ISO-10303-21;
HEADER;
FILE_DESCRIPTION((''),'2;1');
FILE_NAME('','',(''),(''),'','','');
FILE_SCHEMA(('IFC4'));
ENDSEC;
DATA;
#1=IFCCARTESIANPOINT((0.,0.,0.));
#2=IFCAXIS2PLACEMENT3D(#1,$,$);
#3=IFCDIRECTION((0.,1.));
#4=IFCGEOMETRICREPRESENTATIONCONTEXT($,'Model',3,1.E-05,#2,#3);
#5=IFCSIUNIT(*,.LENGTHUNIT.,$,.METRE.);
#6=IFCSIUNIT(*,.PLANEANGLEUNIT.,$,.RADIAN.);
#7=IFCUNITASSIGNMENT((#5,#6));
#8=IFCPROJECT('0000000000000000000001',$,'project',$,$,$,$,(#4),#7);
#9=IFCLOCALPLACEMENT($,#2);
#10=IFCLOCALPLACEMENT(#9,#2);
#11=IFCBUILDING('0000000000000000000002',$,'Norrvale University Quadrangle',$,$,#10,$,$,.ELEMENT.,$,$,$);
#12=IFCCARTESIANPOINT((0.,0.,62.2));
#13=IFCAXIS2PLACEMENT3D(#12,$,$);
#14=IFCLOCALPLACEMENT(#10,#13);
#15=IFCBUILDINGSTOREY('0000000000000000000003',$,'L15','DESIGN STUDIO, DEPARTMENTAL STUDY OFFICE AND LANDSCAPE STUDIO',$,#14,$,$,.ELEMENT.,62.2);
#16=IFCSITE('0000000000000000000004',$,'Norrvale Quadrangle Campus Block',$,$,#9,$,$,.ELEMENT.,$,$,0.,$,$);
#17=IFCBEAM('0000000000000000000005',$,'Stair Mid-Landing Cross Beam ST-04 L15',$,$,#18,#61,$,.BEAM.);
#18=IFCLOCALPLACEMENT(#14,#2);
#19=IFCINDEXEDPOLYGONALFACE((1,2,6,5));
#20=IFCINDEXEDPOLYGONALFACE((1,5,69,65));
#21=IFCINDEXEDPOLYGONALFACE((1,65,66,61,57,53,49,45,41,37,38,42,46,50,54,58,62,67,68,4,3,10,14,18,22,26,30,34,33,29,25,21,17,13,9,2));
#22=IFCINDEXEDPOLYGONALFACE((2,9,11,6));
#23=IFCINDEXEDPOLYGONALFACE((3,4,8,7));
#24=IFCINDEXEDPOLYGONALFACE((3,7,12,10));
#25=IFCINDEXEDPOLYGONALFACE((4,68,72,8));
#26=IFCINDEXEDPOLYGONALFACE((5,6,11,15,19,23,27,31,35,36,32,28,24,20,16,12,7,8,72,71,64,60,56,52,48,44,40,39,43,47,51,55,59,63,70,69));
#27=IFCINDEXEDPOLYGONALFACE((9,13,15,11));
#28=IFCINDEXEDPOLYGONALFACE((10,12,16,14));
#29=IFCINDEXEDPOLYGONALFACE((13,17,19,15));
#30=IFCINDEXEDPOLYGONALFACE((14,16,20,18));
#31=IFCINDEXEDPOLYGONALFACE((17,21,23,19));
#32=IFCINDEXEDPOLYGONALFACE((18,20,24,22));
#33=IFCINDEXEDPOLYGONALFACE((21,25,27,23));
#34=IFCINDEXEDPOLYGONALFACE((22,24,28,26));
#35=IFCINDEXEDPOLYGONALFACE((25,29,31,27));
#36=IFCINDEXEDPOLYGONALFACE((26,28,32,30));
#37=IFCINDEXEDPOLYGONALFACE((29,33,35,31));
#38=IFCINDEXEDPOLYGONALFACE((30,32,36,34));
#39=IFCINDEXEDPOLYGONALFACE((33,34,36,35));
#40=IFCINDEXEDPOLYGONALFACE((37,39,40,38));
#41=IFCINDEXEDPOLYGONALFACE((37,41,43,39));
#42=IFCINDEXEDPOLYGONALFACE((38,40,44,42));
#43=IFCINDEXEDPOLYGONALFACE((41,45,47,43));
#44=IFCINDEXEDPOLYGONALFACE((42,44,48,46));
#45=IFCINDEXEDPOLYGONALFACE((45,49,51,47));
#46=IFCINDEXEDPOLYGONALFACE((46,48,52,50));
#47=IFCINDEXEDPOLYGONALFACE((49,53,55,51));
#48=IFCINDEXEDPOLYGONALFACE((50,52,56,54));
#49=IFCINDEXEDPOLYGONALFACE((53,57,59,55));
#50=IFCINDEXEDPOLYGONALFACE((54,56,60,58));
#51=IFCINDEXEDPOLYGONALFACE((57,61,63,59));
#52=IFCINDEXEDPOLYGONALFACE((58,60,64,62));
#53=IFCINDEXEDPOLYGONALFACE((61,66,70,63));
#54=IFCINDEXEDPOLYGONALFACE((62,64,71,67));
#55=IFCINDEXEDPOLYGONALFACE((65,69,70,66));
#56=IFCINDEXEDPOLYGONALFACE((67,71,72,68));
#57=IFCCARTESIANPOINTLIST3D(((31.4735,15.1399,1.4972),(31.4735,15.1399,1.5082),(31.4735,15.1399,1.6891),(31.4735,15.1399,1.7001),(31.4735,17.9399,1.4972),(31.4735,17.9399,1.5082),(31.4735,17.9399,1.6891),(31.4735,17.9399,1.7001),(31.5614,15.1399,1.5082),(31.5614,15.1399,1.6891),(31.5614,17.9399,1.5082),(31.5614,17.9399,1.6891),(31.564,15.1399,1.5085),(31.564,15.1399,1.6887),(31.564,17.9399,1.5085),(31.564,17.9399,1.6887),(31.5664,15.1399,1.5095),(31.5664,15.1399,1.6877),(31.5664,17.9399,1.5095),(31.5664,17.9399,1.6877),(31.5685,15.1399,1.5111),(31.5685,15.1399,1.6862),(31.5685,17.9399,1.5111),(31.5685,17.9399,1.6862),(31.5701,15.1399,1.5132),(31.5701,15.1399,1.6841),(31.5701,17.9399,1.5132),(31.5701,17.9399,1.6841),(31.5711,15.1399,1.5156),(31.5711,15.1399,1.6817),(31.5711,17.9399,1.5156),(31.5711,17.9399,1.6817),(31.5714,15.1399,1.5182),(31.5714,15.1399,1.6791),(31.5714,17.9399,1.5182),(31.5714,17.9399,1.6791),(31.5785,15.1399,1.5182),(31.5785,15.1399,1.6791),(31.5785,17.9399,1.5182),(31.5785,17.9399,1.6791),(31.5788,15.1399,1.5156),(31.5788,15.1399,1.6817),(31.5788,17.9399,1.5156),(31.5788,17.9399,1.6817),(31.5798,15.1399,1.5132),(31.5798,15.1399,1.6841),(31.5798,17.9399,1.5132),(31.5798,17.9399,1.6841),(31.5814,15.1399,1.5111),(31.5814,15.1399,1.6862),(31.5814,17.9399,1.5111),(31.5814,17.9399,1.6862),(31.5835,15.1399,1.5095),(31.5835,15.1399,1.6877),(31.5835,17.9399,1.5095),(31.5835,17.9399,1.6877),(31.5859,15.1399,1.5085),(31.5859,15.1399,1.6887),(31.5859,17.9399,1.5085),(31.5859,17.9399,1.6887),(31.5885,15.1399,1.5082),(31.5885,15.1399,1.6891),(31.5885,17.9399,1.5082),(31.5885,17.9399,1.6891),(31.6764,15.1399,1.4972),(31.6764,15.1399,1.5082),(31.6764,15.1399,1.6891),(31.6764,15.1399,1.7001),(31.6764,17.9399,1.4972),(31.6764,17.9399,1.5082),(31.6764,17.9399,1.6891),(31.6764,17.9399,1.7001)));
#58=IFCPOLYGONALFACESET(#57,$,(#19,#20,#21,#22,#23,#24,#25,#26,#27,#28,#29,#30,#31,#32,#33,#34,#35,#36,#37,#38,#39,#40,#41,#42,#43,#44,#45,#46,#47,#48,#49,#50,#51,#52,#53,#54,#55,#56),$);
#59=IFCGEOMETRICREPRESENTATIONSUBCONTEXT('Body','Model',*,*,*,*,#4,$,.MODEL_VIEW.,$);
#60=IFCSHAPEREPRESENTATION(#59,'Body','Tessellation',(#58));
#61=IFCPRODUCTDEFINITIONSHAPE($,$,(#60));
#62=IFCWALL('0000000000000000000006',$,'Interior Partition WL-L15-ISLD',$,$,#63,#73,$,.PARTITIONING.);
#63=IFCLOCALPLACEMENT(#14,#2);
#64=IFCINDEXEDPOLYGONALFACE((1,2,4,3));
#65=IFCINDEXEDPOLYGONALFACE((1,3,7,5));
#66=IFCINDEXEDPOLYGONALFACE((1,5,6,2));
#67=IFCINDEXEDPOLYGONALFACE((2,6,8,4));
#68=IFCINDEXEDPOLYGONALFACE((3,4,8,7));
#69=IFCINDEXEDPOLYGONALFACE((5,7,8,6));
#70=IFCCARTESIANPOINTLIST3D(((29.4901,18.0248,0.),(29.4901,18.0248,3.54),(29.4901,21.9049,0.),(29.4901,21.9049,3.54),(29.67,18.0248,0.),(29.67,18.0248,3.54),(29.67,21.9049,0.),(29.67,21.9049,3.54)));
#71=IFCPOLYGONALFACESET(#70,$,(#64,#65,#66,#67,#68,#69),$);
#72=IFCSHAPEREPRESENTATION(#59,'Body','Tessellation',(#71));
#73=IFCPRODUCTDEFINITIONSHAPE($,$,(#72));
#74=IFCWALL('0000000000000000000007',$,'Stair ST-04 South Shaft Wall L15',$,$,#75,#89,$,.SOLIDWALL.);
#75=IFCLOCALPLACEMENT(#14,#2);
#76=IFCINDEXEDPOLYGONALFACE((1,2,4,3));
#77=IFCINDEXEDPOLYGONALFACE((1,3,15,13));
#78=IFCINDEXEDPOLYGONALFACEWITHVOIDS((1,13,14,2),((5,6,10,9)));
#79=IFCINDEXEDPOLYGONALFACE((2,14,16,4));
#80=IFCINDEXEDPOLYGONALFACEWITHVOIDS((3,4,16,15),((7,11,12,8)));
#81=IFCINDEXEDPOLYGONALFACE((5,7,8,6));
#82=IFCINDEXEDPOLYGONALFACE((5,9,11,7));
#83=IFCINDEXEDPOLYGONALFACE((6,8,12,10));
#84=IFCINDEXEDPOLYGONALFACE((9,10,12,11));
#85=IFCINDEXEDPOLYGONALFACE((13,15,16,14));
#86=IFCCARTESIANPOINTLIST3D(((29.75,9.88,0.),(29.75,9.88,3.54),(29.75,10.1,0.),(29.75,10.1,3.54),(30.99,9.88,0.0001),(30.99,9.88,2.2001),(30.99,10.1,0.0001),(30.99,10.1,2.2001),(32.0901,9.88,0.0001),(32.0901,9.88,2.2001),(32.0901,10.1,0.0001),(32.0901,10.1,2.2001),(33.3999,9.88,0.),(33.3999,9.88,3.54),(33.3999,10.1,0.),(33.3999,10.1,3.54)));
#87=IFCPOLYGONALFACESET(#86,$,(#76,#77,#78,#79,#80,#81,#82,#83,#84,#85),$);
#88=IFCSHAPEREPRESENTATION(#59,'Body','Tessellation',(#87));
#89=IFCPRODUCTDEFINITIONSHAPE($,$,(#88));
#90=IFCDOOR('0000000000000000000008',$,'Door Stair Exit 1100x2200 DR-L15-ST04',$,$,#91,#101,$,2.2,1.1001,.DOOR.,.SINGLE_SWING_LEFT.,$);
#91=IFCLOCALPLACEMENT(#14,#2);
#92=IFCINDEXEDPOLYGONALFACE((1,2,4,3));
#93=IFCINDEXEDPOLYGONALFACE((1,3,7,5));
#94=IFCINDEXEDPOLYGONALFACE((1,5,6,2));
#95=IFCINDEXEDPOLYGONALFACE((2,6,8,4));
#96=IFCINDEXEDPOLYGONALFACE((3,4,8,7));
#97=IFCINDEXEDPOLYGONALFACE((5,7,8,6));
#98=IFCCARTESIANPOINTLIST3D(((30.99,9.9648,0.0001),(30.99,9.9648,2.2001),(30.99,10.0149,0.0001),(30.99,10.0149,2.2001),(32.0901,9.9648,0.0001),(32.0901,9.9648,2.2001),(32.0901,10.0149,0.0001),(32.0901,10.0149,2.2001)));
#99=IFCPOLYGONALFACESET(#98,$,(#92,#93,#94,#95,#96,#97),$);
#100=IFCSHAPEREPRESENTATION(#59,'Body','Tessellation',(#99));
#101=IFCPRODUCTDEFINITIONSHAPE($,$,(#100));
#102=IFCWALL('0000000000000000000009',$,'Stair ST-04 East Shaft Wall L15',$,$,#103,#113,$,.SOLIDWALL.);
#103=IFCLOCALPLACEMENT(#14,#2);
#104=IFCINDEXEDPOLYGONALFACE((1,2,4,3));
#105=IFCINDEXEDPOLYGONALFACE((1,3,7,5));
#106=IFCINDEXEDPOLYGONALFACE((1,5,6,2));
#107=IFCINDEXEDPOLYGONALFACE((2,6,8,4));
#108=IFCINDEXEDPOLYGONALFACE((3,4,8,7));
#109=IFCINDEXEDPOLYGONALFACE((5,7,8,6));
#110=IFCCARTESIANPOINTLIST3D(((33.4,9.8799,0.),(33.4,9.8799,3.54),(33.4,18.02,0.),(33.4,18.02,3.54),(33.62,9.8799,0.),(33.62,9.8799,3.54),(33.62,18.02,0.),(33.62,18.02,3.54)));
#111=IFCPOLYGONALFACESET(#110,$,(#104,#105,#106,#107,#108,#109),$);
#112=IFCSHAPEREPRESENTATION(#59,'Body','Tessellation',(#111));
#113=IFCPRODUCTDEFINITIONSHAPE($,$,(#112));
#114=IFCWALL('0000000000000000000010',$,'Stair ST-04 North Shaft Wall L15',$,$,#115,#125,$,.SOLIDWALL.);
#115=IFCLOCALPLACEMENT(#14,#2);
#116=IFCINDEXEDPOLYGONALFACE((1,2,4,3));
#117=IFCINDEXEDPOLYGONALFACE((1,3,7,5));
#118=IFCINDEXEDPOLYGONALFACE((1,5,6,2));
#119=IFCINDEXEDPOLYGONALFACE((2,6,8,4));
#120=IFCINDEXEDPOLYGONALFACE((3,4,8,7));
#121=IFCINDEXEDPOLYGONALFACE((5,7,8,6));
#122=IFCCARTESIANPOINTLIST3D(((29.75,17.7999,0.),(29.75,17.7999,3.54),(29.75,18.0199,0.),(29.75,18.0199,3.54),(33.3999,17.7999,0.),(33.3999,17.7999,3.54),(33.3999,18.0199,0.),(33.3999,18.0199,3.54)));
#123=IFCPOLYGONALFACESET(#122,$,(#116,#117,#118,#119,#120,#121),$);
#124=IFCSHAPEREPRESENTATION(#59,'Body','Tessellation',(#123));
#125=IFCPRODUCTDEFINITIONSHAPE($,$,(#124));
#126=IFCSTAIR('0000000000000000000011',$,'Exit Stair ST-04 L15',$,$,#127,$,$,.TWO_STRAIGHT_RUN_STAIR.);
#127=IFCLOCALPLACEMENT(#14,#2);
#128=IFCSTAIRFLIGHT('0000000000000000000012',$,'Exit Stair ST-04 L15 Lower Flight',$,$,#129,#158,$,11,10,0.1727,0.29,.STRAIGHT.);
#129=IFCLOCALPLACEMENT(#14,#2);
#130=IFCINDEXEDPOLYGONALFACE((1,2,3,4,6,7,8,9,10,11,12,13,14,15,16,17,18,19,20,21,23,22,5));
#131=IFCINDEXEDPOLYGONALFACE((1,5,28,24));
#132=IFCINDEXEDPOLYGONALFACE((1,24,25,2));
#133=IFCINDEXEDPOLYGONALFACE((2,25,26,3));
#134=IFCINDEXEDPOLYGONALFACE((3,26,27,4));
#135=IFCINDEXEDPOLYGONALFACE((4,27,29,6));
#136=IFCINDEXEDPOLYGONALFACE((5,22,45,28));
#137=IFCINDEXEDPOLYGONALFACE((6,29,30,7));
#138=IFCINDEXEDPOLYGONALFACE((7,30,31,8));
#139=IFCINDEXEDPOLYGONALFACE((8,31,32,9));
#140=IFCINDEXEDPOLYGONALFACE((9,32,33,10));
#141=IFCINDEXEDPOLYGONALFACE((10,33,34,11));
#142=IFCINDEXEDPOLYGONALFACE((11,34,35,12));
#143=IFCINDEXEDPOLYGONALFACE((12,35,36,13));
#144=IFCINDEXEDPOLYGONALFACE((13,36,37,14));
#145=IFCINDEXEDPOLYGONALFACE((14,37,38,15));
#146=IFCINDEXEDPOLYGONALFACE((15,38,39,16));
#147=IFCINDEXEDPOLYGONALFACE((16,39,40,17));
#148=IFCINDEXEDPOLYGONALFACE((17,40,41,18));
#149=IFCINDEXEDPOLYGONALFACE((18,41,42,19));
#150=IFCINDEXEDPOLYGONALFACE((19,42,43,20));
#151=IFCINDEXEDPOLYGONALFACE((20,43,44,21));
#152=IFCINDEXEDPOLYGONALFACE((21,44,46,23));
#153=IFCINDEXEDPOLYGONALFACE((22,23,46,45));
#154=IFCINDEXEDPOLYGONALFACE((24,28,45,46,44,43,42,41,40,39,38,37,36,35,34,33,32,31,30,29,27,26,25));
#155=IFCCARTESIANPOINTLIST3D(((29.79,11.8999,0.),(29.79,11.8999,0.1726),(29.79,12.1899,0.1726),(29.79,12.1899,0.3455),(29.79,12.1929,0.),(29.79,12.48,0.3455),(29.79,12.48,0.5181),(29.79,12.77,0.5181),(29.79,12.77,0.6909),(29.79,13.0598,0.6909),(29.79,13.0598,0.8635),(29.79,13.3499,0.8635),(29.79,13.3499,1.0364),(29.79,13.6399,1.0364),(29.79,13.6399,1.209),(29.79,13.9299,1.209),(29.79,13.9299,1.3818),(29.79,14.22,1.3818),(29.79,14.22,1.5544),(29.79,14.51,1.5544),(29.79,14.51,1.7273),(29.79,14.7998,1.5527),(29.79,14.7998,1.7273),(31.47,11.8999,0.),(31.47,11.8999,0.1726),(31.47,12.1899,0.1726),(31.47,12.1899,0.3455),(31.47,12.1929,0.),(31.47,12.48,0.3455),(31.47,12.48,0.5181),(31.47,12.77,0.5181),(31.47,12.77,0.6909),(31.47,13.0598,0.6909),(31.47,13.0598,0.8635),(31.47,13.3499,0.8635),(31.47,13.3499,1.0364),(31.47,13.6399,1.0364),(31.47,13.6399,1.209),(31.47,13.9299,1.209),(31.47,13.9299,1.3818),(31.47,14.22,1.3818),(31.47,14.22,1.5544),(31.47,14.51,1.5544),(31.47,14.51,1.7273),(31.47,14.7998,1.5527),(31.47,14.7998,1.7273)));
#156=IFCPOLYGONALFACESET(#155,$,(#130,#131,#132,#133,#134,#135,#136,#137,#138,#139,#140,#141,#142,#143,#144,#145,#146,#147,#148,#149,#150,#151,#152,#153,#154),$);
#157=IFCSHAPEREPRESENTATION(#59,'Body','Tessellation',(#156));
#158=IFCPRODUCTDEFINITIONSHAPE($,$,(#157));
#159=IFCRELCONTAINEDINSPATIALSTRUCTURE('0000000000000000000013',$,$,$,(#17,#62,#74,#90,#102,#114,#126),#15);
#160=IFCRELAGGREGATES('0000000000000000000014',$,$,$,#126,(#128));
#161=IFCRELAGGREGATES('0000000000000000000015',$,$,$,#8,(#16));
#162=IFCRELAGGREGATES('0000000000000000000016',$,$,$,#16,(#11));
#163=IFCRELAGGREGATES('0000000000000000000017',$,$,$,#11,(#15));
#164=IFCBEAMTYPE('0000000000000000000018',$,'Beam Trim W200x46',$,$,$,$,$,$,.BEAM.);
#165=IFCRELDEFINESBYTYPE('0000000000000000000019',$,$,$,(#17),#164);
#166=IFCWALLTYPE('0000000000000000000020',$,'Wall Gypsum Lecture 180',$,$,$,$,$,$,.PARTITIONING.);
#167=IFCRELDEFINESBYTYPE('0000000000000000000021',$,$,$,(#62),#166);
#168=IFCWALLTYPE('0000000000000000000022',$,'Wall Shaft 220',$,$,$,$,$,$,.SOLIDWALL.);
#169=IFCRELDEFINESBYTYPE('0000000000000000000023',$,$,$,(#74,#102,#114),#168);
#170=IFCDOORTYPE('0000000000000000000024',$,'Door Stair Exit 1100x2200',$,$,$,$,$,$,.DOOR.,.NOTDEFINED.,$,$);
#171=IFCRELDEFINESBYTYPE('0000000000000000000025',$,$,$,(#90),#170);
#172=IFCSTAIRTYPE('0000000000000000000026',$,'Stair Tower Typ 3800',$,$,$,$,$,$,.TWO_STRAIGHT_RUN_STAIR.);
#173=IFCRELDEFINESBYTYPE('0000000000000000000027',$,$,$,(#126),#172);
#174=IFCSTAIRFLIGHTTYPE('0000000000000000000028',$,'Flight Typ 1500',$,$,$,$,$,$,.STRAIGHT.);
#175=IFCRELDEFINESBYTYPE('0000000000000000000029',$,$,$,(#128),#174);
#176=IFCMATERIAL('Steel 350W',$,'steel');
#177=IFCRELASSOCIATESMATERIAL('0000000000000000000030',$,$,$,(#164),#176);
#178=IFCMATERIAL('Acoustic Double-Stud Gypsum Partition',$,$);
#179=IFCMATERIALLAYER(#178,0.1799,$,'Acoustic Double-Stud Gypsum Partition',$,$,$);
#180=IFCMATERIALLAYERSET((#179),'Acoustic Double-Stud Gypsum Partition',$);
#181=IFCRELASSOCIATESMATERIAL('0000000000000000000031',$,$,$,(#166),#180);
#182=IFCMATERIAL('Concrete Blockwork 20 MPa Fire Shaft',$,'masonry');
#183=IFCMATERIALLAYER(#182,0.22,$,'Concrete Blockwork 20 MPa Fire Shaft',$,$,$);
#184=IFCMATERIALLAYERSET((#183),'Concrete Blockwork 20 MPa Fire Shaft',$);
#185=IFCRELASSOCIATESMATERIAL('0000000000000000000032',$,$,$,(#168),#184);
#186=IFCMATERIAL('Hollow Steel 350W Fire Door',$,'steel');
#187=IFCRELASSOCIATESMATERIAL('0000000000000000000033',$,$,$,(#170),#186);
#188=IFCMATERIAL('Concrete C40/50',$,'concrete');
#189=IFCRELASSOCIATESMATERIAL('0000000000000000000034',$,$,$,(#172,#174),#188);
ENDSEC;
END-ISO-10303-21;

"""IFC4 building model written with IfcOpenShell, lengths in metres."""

from ifc_helpers import new_model, si_unit, direction, frame, frame_2d, origin, origin_2d, place, context, subcontext, project, spatial, polyline, rectangle, i_section, outline, extrude, material, layer, layer_set, material_profile, profile_set, type_object, element, fill, aggregate, save


model = new_model("IFC4")

# Units and contexts
model_context = context("Model", 3, precision=1e-05, world=origin(), true_north=direction((0.0, 1.0)))
body_context = subcontext(model_context, "Body", "Model", "MODEL_VIEW")
ifc_project = project(units=[si_unit("LENGTHUNIT", "METRE"), si_unit("PLANEANGLEUNIT", "RADIAN")], contexts=[model_context])

# Site, building, storey
site_placement = place(None, origin())
site = spatial("IfcSite", under=ifc_project, at=site_placement, Name="Norrvale Quadrangle Campus Block", CompositionType="ELEMENT", RefElevation=0.0)
building_placement = place(site_placement, origin())
building = spatial("IfcBuilding", under=site, at=building_placement, Name="Norrvale University Quadrangle", CompositionType="ELEMENT")
storey_placement = place(building_placement, frame((0.0, 0.0, 62.2)))
storey = spatial("IfcBuildingStorey", under=building, at=storey_placement, Name="L15", Description="DESIGN STUDIO, DEPARTMENTAL STUDY OFFICE AND LANDSCAPE STUDIO", CompositionType="ELEMENT", Elevation=62.2)

# Beam
ifc_material_1 = material(Name="Steel 350W", Category="steel")
ifc_material_profile_1 = material_profile(ifc_material_1, i_section(OverallWidth=0.2029, OverallDepth=0.2029, WebThickness=0.0071, FlangeThickness=0.011, FilletRadius=0.01, at=origin_2d()), Name="Steel 350W")
ifc_profile_set_1 = profile_set([ifc_material_profile_1], Name="Steel 350W")
beam_type_1 = type_object("IfcBeamType", Name="Beam Trim W200x46", PredefinedType="BEAM", material=ifc_profile_set_1)
beam_1_placement = place(storey_placement, frame((31.575, 15.1399, 1.5986), z_axis=(0.0, 1.0, 0.0), x_axis=(-1.0, 0.0, 0.0)))
element("IfcBeam", 1, at=beam_1_placement, inside=storey, type_object=beam_type_1, Name="Stair Mid-Landing Cross Beam ST-04 L15", PredefinedType="BEAM", context=body_context, shape_type="SweptSolid", body=[
    extrude(i_section(OverallWidth=0.2029, OverallDepth=0.2029, WebThickness=0.0071, FlangeThickness=0.011, FilletRadius=0.01, at=origin_2d()), origin(), (0.0, 0.0, 1.0), 2.8),
])

# Wall
ifc_material_2 = material(Name="Acoustic Double-Stud Gypsum Partition")
ifc_layer_1 = layer(ifc_material_2, 0.1799, Name="Acoustic Double-Stud Gypsum Partition")
ifc_layer_set_1 = layer_set([ifc_layer_1], Name="Acoustic Double-Stud Gypsum Partition")
wall_type_1 = type_object("IfcWallType", Name="Wall Gypsum Lecture 180", PredefinedType="PARTITIONING", material=ifc_layer_set_1)
wall_1_placement = place(storey_placement, frame((29.5801, 18.0249, 0.0), z_axis=(0.0, 0.0, 1.0), x_axis=(0.0, 1.0, 0.0)))
element("IfcWall", 2, at=wall_1_placement, inside=storey, type_object=wall_type_1, Name="Interior Partition WL-L15-ISLD", PredefinedType="PARTITIONING", context=body_context, shape_type="SweptSolid", body=[
    extrude(rectangle(XDim=3.8801, YDim=0.1799, at=frame_2d((1.9399, 0.0))), origin(), (0.0, 0.0, 1.0), 3.54),
])

# Wall, opening, door
ifc_material_3 = material(Name="Concrete Blockwork 20 MPa Fire Shaft", Category="masonry")
ifc_layer_2 = layer(ifc_material_3, 0.22, Name="Concrete Blockwork 20 MPa Fire Shaft")
ifc_layer_set_2 = layer_set([ifc_layer_2], Name="Concrete Blockwork 20 MPa Fire Shaft")
wall_type_2 = type_object("IfcWallType", Name="Wall Shaft 220", PredefinedType="SOLIDWALL", material=ifc_layer_set_2)
wall_2_placement = place(storey_placement, frame((29.75, 9.99, 0.0), z_axis=(0.0, 0.0, 1.0), x_axis=(1.0, 0.0, 0.0)))
wall_2 = element("IfcWall", 3, at=wall_2_placement, inside=storey, type_object=wall_type_2, Name="Stair ST-04 South Shaft Wall L15", PredefinedType="SOLIDWALL", context=body_context, shape_type="SweptSolid", body=[
    extrude(rectangle(XDim=3.6499, YDim=0.22, at=frame_2d((1.825, 0.0))), origin(), (0.0, 0.0, 1.0), 3.54),
])
opening_placement = place(wall_2_placement, frame((1.24, 0.0, 0.0)))
opening = element("IfcOpeningElement", 4, at=opening_placement, cuts=wall_2, PredefinedType="OPENING", context=body_context, shape_type="SweptSolid", body=[
    extrude(rectangle(XDim=1.1001, YDim=2.2, at=frame_2d((0.55, 1.1001))), frame((0.0, 0.1221, 0.0), z_axis=(0.0, -1.0, 0.0), x_axis=(1.0, 0.0, 0.0)), (0.0, 0.0, 1.0), 0.2439),
])
ifc_material_4 = material(Name="Hollow Steel 350W Fire Door", Category="steel")
door_type = type_object("IfcDoorType", Name="Door Stair Exit 1100x2200", OperationType="NOTDEFINED", PredefinedType="DOOR", material=ifc_material_4)
door_placement = place(opening_placement, origin())
door = element("IfcDoor", 5, at=door_placement, inside=storey, type_object=door_type, Name="Door Stair Exit 1100x2200 DR-L15-ST04", OperationType="SINGLE_SWING_LEFT", OverallHeight=2.2, OverallWidth=1.1001, PredefinedType="DOOR", context=body_context, shape_type="SweptSolid", body=[
    extrude(rectangle(XDim=1.1001, YDim=2.2, at=frame_2d((0.55, 1.1001))), frame((0.0, 0.0249, 0.0), z_axis=(0.0, -1.0, 0.0), x_axis=(1.0, 0.0, 0.0)), (0.0, 0.0, 1.0), 0.05),
])
fill(opening, door)

# Walls
wall_3_placement = place(storey_placement, frame((33.51, 9.8799, 0.0), z_axis=(0.0, 0.0, 1.0), x_axis=(0.0, 1.0, 0.0)))
element("IfcWall", 6, at=wall_3_placement, inside=storey, type_object=wall_type_2, Name="Stair ST-04 East Shaft Wall L15", PredefinedType="SOLIDWALL", context=body_context, shape_type="SweptSolid", body=[
    extrude(rectangle(XDim=8.1401, YDim=0.22, at=frame_2d((4.0701, 0.0))), origin(), (0.0, 0.0, 1.0), 3.54),
])
wall_4_placement = place(storey_placement, frame((29.75, 17.9099, 0.0), z_axis=(0.0, 0.0, 1.0), x_axis=(1.0, 0.0, 0.0)))
element("IfcWall", 7, at=wall_4_placement, inside=storey, type_object=wall_type_2, Name="Stair ST-04 North Shaft Wall L15", PredefinedType="SOLIDWALL", context=body_context, shape_type="SweptSolid", body=[
    extrude(rectangle(XDim=3.6499, YDim=0.22, at=frame_2d((1.825, 0.0))), origin(), (0.0, 0.0, 1.0), 3.54),
])

# Stair, stair flight
ifc_material_5 = material(Name="Concrete C40/50", Category="concrete")
stair_type = type_object("IfcStairType", Name="Stair Tower Typ 3800", PredefinedType="TWO_STRAIGHT_RUN_STAIR", material=ifc_material_5)
stair_placement = place(storey_placement, origin())
stair = element("IfcStair", 8, at=stair_placement, inside=storey, type_object=stair_type, Name="Exit Stair ST-04 L15", PredefinedType="TWO_STRAIGHT_RUN_STAIR")
stair_flight_type = type_object("IfcStairFlightType", Name="Flight Typ 1500", PredefinedType="STRAIGHT", material=ifc_material_5)
stair_flight_1_placement = place(storey_placement, frame((30.6299, 11.8999, 0.0), z_axis=(0.0, 0.0, 1.0), x_axis=(0.0, 1.0, 0.0)))
stair_flight_1 = element("IfcStairFlight", 9, at=stair_flight_1_placement, type_object=stair_flight_type, Name="Exit Stair ST-04 L15 Lower Flight", NumberOfRisers=11, NumberOfTreads=10, PredefinedType="STRAIGHT", RiserHeight=0.1727, TreadLength=0.29, context=body_context, shape_type="SweptSolid", body=[
    extrude(outline(polyline([(0.0, 0.0), (0.0, 0.1726), (0.29, 0.1726), (0.29, 0.3455), (0.5801, 0.3455), (0.5801, 0.5181), (0.8701, 0.5181), (0.8701, 0.6909), (1.1599, 0.6909), (1.1599, 0.8635), (1.45, 0.8635), (1.45, 1.0364), (1.74, 1.0364), (1.74, 1.209), (2.03, 1.209), (2.03, 1.3818), (2.3201, 1.3818), (2.3201, 1.5544), (2.6101, 1.5544), (2.6101, 1.7273), (2.8999, 1.7273), (2.8999, 1.8999), (2.8999, 1.5527), (0.293, 0.0), (0.0, 0.0)])), frame((0.0, 0.8398, 0.0), z_axis=(0.0, -1.0, 0.0), x_axis=(1.0, 0.0, 0.0)), (0.0, 0.0, 1.0), 1.6799),
])
aggregate(stair, [stair_flight_1])

save(model, "model.ifc")
